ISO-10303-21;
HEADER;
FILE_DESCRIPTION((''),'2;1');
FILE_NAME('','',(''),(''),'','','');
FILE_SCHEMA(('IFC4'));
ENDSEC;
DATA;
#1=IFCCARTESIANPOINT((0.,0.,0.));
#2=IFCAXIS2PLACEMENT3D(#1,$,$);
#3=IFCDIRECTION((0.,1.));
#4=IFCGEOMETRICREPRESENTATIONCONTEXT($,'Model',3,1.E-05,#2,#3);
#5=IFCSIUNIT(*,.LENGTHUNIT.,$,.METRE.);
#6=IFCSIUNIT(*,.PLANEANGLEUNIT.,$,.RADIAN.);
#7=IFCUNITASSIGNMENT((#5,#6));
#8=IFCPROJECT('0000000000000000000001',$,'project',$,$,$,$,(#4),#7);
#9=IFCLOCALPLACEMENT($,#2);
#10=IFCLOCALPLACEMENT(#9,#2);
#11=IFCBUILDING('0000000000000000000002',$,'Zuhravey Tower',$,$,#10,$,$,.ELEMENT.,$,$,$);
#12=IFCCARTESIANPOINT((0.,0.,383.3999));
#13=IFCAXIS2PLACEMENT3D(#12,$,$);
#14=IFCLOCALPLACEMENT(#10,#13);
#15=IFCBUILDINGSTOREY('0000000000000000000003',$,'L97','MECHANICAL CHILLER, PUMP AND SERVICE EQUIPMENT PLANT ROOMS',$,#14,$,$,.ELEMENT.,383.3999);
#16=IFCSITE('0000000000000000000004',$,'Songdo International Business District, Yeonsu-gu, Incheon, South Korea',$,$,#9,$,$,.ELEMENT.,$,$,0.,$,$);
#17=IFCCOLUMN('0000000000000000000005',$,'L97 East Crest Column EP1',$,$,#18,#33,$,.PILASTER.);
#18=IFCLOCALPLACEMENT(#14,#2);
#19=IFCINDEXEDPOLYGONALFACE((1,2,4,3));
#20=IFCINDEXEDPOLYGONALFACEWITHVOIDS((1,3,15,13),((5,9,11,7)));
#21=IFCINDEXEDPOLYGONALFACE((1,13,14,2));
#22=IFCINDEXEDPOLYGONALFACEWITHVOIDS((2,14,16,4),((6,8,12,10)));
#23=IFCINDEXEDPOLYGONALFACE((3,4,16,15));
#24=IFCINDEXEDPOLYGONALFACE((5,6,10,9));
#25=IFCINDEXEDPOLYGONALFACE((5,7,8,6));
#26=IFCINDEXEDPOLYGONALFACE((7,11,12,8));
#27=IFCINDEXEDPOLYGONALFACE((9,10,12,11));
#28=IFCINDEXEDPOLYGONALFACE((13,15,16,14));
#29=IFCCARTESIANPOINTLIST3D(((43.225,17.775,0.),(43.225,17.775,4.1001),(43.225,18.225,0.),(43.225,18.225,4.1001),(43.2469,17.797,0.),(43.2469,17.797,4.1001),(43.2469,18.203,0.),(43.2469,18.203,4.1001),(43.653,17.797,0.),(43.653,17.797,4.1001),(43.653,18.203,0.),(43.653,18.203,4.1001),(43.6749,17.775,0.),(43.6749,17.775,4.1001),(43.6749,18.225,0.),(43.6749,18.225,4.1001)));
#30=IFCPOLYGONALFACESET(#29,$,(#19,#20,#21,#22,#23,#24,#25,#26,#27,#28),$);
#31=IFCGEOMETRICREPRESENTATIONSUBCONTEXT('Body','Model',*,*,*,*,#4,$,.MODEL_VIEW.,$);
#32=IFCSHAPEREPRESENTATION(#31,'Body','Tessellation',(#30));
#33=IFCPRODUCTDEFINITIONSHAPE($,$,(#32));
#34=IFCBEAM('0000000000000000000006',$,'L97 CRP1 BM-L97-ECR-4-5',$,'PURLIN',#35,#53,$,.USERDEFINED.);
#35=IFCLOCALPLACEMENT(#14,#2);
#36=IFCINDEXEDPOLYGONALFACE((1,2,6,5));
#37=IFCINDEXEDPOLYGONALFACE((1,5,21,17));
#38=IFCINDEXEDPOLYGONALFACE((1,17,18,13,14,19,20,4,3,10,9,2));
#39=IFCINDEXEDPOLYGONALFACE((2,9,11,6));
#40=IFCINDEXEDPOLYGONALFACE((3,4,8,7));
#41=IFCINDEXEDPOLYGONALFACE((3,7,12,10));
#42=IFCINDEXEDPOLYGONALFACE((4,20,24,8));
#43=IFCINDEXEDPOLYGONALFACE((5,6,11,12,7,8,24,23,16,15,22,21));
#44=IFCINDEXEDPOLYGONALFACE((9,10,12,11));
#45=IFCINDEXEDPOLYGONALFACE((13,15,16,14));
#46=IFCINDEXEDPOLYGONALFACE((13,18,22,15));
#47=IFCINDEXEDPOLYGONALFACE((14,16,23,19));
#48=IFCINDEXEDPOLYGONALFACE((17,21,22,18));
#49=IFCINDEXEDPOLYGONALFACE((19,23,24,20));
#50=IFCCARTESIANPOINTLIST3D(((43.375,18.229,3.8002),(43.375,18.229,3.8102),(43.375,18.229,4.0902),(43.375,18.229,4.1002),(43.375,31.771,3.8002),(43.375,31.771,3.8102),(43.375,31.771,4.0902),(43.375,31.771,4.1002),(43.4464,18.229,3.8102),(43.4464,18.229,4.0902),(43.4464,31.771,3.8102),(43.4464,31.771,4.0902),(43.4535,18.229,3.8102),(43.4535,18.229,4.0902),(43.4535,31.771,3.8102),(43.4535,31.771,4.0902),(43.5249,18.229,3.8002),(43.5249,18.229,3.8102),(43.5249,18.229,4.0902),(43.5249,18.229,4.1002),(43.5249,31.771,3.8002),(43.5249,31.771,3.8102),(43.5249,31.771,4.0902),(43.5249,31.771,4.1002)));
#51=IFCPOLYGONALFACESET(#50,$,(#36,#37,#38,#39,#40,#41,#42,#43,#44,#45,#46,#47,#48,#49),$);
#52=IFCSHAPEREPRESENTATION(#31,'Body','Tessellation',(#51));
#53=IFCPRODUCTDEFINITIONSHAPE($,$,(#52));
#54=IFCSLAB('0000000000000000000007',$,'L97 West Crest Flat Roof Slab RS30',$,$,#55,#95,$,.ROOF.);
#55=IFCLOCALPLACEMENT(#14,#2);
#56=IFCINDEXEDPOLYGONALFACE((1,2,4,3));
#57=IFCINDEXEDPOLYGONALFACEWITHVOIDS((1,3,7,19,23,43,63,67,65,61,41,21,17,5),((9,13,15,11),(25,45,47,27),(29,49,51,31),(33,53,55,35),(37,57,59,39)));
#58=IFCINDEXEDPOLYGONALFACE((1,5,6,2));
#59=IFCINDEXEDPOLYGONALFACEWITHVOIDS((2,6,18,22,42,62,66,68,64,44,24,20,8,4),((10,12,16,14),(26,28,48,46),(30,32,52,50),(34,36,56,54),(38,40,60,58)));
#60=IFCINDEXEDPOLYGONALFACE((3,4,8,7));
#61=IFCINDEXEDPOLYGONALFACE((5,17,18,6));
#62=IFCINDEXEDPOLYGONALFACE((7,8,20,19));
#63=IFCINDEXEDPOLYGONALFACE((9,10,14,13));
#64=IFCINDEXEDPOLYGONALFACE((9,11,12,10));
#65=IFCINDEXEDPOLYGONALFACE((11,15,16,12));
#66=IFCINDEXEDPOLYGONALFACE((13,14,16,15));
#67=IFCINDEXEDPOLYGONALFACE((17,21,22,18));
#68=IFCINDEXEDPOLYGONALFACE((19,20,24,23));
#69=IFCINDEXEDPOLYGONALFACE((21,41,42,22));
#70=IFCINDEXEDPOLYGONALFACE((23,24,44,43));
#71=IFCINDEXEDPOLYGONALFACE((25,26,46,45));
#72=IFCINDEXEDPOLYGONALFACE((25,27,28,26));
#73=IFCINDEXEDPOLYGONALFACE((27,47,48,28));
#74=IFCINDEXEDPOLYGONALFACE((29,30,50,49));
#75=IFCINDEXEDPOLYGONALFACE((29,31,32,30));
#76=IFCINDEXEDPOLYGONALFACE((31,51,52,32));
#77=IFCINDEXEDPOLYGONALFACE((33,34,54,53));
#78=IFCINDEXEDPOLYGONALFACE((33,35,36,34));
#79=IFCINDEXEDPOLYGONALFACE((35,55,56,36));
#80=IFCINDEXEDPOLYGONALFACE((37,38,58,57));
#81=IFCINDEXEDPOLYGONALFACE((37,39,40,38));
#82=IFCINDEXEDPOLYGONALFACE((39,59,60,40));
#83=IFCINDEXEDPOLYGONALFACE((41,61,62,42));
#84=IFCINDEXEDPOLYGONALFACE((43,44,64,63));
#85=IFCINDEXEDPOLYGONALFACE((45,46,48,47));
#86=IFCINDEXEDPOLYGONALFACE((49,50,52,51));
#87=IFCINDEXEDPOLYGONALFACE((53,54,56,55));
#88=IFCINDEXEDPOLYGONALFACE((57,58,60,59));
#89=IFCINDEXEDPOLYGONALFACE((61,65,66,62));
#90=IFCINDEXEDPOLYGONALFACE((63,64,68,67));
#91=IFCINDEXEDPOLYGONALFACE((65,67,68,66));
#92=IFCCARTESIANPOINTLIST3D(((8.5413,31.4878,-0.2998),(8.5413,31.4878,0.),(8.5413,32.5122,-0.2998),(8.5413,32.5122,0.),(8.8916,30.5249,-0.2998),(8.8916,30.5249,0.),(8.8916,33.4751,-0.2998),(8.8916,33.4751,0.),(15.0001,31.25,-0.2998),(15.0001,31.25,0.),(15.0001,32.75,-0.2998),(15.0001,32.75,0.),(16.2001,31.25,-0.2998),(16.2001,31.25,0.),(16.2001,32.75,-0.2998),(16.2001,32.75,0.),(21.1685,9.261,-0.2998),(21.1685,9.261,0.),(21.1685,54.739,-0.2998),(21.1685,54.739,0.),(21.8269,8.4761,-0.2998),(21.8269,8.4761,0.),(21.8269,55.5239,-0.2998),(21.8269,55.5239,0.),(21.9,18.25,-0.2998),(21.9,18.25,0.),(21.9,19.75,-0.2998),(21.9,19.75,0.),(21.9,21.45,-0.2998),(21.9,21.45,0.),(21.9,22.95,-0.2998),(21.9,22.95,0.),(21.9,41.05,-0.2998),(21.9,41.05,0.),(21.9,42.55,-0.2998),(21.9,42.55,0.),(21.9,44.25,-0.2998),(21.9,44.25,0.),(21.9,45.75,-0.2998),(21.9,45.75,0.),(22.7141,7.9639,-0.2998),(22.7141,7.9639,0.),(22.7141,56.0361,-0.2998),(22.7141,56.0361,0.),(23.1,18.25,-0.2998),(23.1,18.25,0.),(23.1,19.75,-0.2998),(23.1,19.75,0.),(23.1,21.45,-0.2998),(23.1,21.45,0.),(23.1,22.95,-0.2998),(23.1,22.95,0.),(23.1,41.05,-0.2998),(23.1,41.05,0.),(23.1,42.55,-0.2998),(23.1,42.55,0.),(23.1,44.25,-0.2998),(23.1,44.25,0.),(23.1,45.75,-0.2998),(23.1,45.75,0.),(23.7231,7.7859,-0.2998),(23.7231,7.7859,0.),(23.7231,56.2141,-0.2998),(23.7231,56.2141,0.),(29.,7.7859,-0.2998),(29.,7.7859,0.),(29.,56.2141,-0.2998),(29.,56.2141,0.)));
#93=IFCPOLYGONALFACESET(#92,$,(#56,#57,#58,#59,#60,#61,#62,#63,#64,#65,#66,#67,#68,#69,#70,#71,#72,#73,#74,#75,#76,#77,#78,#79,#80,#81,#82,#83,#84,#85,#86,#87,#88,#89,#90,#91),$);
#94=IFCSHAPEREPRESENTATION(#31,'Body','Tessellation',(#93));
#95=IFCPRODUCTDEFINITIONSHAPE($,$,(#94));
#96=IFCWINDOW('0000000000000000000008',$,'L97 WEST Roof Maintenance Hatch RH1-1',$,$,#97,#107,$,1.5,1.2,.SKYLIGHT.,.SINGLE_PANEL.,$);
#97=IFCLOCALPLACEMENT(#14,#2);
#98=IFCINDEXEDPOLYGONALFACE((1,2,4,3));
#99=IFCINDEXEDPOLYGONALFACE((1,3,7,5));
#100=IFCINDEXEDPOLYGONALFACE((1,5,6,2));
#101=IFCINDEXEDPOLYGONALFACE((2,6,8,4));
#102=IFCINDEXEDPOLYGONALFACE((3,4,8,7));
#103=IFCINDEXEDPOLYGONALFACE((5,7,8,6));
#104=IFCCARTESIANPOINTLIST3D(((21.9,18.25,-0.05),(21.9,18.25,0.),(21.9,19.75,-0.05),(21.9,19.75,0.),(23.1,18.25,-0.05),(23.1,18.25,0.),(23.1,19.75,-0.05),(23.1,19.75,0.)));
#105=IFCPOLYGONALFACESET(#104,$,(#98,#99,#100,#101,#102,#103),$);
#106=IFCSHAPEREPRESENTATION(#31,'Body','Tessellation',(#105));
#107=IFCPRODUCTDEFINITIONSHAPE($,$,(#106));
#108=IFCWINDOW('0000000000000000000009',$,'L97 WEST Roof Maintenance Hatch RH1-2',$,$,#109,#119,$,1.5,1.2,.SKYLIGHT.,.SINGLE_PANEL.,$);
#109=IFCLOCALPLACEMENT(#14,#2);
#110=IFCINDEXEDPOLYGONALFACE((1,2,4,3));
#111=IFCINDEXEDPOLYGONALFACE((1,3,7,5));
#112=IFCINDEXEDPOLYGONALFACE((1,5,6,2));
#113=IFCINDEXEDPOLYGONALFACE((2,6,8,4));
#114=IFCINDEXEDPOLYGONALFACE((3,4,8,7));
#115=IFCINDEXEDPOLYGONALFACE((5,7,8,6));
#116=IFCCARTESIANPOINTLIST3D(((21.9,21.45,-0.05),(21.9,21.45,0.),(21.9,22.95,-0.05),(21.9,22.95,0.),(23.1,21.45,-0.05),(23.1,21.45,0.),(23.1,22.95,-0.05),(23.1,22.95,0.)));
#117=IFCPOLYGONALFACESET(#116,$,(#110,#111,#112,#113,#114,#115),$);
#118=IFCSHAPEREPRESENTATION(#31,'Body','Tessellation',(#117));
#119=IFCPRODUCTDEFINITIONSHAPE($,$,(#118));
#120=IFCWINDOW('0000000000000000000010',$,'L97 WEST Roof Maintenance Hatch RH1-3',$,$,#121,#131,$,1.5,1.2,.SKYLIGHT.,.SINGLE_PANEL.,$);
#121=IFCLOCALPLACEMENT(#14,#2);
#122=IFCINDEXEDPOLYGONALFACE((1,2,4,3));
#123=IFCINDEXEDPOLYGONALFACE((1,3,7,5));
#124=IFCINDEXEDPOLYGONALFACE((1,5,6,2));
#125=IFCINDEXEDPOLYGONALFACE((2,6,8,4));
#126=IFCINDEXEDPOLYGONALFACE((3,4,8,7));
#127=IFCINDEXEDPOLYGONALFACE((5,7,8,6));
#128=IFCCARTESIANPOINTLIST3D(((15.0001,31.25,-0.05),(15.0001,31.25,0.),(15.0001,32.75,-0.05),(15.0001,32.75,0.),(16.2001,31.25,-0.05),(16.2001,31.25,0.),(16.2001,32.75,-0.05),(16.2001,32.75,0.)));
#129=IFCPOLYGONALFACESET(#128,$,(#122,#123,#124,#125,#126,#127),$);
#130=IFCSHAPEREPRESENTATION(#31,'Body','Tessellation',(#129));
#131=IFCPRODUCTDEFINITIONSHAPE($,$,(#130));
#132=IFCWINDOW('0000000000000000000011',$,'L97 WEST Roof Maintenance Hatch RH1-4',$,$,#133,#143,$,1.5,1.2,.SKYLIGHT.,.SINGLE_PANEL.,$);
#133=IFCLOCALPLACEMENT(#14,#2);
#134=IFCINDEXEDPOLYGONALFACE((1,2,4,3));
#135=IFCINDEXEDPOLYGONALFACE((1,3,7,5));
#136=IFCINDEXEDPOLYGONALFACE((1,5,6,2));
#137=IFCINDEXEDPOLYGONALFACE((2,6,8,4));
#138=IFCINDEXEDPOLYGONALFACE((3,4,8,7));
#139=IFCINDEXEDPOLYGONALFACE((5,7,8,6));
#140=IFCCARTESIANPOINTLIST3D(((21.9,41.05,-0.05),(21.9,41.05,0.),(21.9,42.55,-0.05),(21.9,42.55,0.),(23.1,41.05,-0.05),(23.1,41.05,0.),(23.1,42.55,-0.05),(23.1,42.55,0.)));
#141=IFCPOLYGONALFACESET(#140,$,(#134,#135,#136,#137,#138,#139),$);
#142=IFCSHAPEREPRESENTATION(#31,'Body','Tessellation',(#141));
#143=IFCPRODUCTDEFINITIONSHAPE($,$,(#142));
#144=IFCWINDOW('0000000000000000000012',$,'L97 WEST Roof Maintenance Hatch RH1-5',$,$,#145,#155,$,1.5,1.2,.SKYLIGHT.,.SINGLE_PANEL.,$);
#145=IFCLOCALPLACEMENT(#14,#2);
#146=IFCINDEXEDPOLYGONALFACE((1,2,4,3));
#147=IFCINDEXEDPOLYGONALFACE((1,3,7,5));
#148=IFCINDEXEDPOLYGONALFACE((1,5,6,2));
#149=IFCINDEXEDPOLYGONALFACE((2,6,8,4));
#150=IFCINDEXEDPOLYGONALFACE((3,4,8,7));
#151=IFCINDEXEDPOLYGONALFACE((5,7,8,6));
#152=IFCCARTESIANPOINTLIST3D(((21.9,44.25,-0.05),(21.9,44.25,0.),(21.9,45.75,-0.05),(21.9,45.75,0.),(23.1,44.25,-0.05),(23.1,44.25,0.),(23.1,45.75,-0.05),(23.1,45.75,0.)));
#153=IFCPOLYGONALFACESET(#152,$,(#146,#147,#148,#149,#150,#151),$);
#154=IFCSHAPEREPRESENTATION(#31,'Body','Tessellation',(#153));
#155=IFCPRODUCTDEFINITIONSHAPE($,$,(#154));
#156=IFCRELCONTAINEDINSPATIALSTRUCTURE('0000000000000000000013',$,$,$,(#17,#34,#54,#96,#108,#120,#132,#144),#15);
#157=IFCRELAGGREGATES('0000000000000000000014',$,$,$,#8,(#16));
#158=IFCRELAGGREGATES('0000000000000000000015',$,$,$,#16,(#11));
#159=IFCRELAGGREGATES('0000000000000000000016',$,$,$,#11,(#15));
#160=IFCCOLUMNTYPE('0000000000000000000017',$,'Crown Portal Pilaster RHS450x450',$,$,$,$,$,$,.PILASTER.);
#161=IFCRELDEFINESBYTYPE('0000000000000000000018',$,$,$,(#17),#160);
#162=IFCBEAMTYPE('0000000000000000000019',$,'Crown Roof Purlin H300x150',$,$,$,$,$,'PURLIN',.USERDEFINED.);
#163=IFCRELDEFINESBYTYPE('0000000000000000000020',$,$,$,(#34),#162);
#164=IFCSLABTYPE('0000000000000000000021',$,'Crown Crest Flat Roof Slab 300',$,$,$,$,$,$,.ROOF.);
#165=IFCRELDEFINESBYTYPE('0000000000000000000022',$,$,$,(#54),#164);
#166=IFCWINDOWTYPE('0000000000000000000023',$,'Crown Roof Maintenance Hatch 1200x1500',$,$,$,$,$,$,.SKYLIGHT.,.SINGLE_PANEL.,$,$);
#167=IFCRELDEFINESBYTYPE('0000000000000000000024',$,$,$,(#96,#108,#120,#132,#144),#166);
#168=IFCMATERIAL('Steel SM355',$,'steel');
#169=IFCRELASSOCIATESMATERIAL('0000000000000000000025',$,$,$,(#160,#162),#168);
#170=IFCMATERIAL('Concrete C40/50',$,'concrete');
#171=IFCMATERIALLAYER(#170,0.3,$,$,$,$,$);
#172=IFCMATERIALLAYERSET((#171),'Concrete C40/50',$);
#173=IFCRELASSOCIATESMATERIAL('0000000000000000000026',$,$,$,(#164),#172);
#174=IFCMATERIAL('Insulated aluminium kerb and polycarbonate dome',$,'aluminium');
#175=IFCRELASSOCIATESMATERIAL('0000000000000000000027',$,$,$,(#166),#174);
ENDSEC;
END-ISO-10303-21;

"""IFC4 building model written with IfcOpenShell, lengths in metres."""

from ifc_helpers import new_model, si_unit, direction, frame, origin, origin_2d, place, context, subcontext, project, spatial, polyline, rectangle, hollow_rectangle, i_section, outline, extrude, material, layer, layer_set, material_profile, profile_set, type_object, element, fill, save


model = new_model("IFC4")

# Units and contexts
model_context = context("Model", 3, precision=1e-05, world=origin(), true_north=direction((0.0, 1.0)))
body_context = subcontext(model_context, "Body", "Model", "MODEL_VIEW")
ifc_project = project(units=[si_unit("LENGTHUNIT", "METRE"), si_unit("PLANEANGLEUNIT", "RADIAN")], contexts=[model_context])

# Site, building, storey
site_placement = place(None, origin())
site = spatial("IfcSite", under=ifc_project, at=site_placement, Name="Songdo International Business District, Yeonsu-gu, Incheon, South Korea", CompositionType="ELEMENT", RefElevation=0.0)
building_placement = place(site_placement, origin())
building = spatial("IfcBuilding", under=site, at=building_placement, Name="Zuhravey Tower", CompositionType="ELEMENT")
storey_placement = place(building_placement, frame((0.0, 0.0, 383.3999)))
storey = spatial("IfcBuildingStorey", under=building, at=storey_placement, Name="L97", Description="MECHANICAL CHILLER, PUMP AND SERVICE EQUIPMENT PLANT ROOMS", CompositionType="ELEMENT", Elevation=383.3999)

# Column
ifc_material_1 = material(Name="Steel SM355", Category="steel")
ifc_material_profile_1 = material_profile(ifc_material_1, hollow_rectangle(XDim=0.45, YDim=0.45, WallThickness=0.022, at=origin_2d()), Name="RHS-450x450x22")
ifc_profile_set_1 = profile_set([ifc_material_profile_1], Name="Steel SM355")
column_type = type_object("IfcColumnType", Name="Crown Portal Pilaster RHS450x450", PredefinedType="PILASTER", material=ifc_profile_set_1)
column_placement = place(storey_placement, frame((43.45, 18.0, 0.0), z_axis=(0.0, 0.0, 1.0), x_axis=(1.0, 0.0, 0.0)))
element("IfcColumn", 1, at=column_placement, inside=storey, type_object=column_type, Name="L97 East Crest Column EP1", PredefinedType="PILASTER", context=body_context, shape_type="SweptSolid", body=[
    extrude(hollow_rectangle(XDim=0.45, YDim=0.45, WallThickness=0.022, at=origin_2d()), origin(), (0.0, 0.0, 1.0), 4.1001),
])

# Beam
ifc_material_profile_2 = material_profile(ifc_material_1, i_section(OverallWidth=0.1499, OverallDepth=0.3, WebThickness=0.0071, FlangeThickness=0.01, at=origin_2d()), Name="H-300x150x7x10")
ifc_profile_set_2 = profile_set([ifc_material_profile_2], Name="Steel SM355")
beam_type = type_object("IfcBeamType", Name="Crown Roof Purlin H300x150", ElementType="PURLIN", PredefinedType="USERDEFINED", material=ifc_profile_set_2)
beam_placement = place(storey_placement, frame((43.45, 18.229, 3.9502), z_axis=(0.0, 1.0, 0.0), x_axis=(-1.0, 0.0, 0.0)))
element("IfcBeam", 2, at=beam_placement, inside=storey, type_object=beam_type, Name="L97 CRP1 BM-L97-ECR-4-5", ObjectType="PURLIN", PredefinedType="USERDEFINED", context=body_context, shape_type="SweptSolid", body=[
    extrude(i_section(OverallWidth=0.1499, OverallDepth=0.3, WebThickness=0.0071, FlangeThickness=0.01, at=origin_2d()), origin(), (0.0, 0.0, 1.0), 13.542),
])

# Slab, openings, windows
ifc_material_2 = material(Name="Concrete C40/50", Category="concrete")
ifc_layer_1 = layer(ifc_material_2, 0.3)
ifc_layer_set_1 = layer_set([ifc_layer_1], Name="Concrete C40/50")
slab_type_1 = type_object("IfcSlabType", Name="Crown Crest Flat Roof Slab 300", PredefinedType="ROOF", material=ifc_layer_set_1)
slab_1_placement = place(storey_placement, frame((0.0, 0.0, -0.2998)))
slab_1 = element("IfcSlab", 3, at=slab_1_placement, inside=storey, type_object=slab_type_1, Name="L97 West Crest Flat Roof Slab RS30", PredefinedType="ROOF", context=body_context, shape_type="SweptSolid", body=[
    extrude(outline(polyline([(23.7231, 7.7859), (22.7141, 7.9639), (21.8269, 8.4761), (21.1685, 9.261), (8.8916, 30.5249), (8.5413, 31.4878), (8.5413, 32.5122), (8.8916, 33.4751), (21.1685, 54.739), (21.8269, 55.5239), (22.7141, 56.0361), (23.7231, 56.2141), (29.0, 56.2141), (29.0, 7.7859), (23.7231, 7.7859)])), origin(), (0.0, 0.0, 1.0), 0.2998),
])
opening_1_placement = place(slab_1_placement, frame((22.5, 19.0, 0.0)))
opening_1 = element("IfcOpeningElement", 4, at=opening_1_placement, cuts=slab_1, PredefinedType="OPENING", context=body_context, shape_type="SweptSolid", body=[
    extrude(rectangle(XDim=1.2, YDim=1.5, at=origin_2d()), origin(), (0.0, 0.0, 1.0), 0.2998),
])
opening_2_placement = place(slab_1_placement, frame((22.5, 22.2, 0.0)))
opening_2 = element("IfcOpeningElement", 5, at=opening_2_placement, cuts=slab_1, PredefinedType="OPENING", context=body_context, shape_type="SweptSolid", body=[
    extrude(rectangle(XDim=1.2, YDim=1.5, at=origin_2d()), origin(), (0.0, 0.0, 1.0), 0.2998),
])
opening_3_placement = place(slab_1_placement, frame((15.6001, 32.0, 0.0)))
opening_3 = element("IfcOpeningElement", 6, at=opening_3_placement, cuts=slab_1, PredefinedType="OPENING", context=body_context, shape_type="SweptSolid", body=[
    extrude(rectangle(XDim=1.2, YDim=1.5, at=origin_2d()), origin(), (0.0, 0.0, 1.0), 0.2998),
])
opening_4_placement = place(slab_1_placement, frame((22.5, 41.8, 0.0)))
opening_4 = element("IfcOpeningElement", 7, at=opening_4_placement, cuts=slab_1, PredefinedType="OPENING", context=body_context, shape_type="SweptSolid", body=[
    extrude(rectangle(XDim=1.2, YDim=1.5, at=origin_2d()), origin(), (0.0, 0.0, 1.0), 0.2998),
])
opening_5_placement = place(slab_1_placement, frame((22.5, 45.0, 0.0)))
opening_5 = element("IfcOpeningElement", 8, at=opening_5_placement, cuts=slab_1, PredefinedType="OPENING", context=body_context, shape_type="SweptSolid", body=[
    extrude(rectangle(XDim=1.2, YDim=1.5, at=origin_2d()), origin(), (0.0, 0.0, 1.0), 0.2998),
])
ifc_material_3 = material(Name="Insulated aluminium kerb and polycarbonate dome", Category="aluminium")
window_type = type_object("IfcWindowType", Name="Crown Roof Maintenance Hatch 1200x1500", PartitioningType="SINGLE_PANEL", PredefinedType="SKYLIGHT", material=ifc_material_3)
window_1_placement = place(opening_1_placement, frame((0.0, 0.0, 0.2498)))
window_1 = element("IfcWindow", 9, at=window_1_placement, inside=storey, type_object=window_type, Name="L97 WEST Roof Maintenance Hatch RH1-1", OverallHeight=1.5, OverallWidth=1.2, PartitioningType="SINGLE_PANEL", PredefinedType="SKYLIGHT", context=body_context, shape_type="SweptSolid", body=[
    extrude(rectangle(XDim=1.2, YDim=1.5, at=origin_2d()), origin(), (0.0, 0.0, 1.0), 0.05),
])
fill(opening_1, window_1)
window_2_placement = place(opening_2_placement, frame((0.0, 0.0, 0.2498)))
window_2 = element("IfcWindow", 10, at=window_2_placement, inside=storey, type_object=window_type, Name="L97 WEST Roof Maintenance Hatch RH1-2", OverallHeight=1.5, OverallWidth=1.2, PartitioningType="SINGLE_PANEL", PredefinedType="SKYLIGHT", context=body_context, shape_type="SweptSolid", body=[
    extrude(rectangle(XDim=1.2, YDim=1.5, at=origin_2d()), origin(), (0.0, 0.0, 1.0), 0.05),
])
fill(opening_2, window_2)
window_3_placement = place(opening_3_placement, frame((0.0, 0.0, 0.2498)))
window_3 = element("IfcWindow", 11, at=window_3_placement, inside=storey, type_object=window_type, Name="L97 WEST Roof Maintenance Hatch RH1-3", OverallHeight=1.5, OverallWidth=1.2, PartitioningType="SINGLE_PANEL", PredefinedType="SKYLIGHT", context=body_context, shape_type="SweptSolid", body=[
    extrude(rectangle(XDim=1.2, YDim=1.5, at=origin_2d()), origin(), (0.0, 0.0, 1.0), 0.05),
])
fill(opening_3, window_3)
window_4_placement = place(opening_4_placement, frame((0.0, 0.0, 0.2498)))
window_4 = element("IfcWindow", 12, at=window_4_placement, inside=storey, type_object=window_type, Name="L97 WEST Roof Maintenance Hatch RH1-4", OverallHeight=1.5, OverallWidth=1.2, PartitioningType="SINGLE_PANEL", PredefinedType="SKYLIGHT", context=body_context, shape_type="SweptSolid", body=[
    extrude(rectangle(XDim=1.2, YDim=1.5, at=origin_2d()), origin(), (0.0, 0.0, 1.0), 0.05),
])
fill(opening_4, window_4)
window_5_placement = place(opening_5_placement, frame((0.0, 0.0, 0.2498)))
window_5 = element("IfcWindow", 13, at=window_5_placement, inside=storey, type_object=window_type, Name="L97 WEST Roof Maintenance Hatch RH1-5", OverallHeight=1.5, OverallWidth=1.2, PartitioningType="SINGLE_PANEL", PredefinedType="SKYLIGHT", context=body_context, shape_type="SweptSolid", body=[
    extrude(rectangle(XDim=1.2, YDim=1.5, at=origin_2d()), origin(), (0.0, 0.0, 1.0), 0.05),
])
fill(opening_5, window_5)

save(model, "model.ifc")
